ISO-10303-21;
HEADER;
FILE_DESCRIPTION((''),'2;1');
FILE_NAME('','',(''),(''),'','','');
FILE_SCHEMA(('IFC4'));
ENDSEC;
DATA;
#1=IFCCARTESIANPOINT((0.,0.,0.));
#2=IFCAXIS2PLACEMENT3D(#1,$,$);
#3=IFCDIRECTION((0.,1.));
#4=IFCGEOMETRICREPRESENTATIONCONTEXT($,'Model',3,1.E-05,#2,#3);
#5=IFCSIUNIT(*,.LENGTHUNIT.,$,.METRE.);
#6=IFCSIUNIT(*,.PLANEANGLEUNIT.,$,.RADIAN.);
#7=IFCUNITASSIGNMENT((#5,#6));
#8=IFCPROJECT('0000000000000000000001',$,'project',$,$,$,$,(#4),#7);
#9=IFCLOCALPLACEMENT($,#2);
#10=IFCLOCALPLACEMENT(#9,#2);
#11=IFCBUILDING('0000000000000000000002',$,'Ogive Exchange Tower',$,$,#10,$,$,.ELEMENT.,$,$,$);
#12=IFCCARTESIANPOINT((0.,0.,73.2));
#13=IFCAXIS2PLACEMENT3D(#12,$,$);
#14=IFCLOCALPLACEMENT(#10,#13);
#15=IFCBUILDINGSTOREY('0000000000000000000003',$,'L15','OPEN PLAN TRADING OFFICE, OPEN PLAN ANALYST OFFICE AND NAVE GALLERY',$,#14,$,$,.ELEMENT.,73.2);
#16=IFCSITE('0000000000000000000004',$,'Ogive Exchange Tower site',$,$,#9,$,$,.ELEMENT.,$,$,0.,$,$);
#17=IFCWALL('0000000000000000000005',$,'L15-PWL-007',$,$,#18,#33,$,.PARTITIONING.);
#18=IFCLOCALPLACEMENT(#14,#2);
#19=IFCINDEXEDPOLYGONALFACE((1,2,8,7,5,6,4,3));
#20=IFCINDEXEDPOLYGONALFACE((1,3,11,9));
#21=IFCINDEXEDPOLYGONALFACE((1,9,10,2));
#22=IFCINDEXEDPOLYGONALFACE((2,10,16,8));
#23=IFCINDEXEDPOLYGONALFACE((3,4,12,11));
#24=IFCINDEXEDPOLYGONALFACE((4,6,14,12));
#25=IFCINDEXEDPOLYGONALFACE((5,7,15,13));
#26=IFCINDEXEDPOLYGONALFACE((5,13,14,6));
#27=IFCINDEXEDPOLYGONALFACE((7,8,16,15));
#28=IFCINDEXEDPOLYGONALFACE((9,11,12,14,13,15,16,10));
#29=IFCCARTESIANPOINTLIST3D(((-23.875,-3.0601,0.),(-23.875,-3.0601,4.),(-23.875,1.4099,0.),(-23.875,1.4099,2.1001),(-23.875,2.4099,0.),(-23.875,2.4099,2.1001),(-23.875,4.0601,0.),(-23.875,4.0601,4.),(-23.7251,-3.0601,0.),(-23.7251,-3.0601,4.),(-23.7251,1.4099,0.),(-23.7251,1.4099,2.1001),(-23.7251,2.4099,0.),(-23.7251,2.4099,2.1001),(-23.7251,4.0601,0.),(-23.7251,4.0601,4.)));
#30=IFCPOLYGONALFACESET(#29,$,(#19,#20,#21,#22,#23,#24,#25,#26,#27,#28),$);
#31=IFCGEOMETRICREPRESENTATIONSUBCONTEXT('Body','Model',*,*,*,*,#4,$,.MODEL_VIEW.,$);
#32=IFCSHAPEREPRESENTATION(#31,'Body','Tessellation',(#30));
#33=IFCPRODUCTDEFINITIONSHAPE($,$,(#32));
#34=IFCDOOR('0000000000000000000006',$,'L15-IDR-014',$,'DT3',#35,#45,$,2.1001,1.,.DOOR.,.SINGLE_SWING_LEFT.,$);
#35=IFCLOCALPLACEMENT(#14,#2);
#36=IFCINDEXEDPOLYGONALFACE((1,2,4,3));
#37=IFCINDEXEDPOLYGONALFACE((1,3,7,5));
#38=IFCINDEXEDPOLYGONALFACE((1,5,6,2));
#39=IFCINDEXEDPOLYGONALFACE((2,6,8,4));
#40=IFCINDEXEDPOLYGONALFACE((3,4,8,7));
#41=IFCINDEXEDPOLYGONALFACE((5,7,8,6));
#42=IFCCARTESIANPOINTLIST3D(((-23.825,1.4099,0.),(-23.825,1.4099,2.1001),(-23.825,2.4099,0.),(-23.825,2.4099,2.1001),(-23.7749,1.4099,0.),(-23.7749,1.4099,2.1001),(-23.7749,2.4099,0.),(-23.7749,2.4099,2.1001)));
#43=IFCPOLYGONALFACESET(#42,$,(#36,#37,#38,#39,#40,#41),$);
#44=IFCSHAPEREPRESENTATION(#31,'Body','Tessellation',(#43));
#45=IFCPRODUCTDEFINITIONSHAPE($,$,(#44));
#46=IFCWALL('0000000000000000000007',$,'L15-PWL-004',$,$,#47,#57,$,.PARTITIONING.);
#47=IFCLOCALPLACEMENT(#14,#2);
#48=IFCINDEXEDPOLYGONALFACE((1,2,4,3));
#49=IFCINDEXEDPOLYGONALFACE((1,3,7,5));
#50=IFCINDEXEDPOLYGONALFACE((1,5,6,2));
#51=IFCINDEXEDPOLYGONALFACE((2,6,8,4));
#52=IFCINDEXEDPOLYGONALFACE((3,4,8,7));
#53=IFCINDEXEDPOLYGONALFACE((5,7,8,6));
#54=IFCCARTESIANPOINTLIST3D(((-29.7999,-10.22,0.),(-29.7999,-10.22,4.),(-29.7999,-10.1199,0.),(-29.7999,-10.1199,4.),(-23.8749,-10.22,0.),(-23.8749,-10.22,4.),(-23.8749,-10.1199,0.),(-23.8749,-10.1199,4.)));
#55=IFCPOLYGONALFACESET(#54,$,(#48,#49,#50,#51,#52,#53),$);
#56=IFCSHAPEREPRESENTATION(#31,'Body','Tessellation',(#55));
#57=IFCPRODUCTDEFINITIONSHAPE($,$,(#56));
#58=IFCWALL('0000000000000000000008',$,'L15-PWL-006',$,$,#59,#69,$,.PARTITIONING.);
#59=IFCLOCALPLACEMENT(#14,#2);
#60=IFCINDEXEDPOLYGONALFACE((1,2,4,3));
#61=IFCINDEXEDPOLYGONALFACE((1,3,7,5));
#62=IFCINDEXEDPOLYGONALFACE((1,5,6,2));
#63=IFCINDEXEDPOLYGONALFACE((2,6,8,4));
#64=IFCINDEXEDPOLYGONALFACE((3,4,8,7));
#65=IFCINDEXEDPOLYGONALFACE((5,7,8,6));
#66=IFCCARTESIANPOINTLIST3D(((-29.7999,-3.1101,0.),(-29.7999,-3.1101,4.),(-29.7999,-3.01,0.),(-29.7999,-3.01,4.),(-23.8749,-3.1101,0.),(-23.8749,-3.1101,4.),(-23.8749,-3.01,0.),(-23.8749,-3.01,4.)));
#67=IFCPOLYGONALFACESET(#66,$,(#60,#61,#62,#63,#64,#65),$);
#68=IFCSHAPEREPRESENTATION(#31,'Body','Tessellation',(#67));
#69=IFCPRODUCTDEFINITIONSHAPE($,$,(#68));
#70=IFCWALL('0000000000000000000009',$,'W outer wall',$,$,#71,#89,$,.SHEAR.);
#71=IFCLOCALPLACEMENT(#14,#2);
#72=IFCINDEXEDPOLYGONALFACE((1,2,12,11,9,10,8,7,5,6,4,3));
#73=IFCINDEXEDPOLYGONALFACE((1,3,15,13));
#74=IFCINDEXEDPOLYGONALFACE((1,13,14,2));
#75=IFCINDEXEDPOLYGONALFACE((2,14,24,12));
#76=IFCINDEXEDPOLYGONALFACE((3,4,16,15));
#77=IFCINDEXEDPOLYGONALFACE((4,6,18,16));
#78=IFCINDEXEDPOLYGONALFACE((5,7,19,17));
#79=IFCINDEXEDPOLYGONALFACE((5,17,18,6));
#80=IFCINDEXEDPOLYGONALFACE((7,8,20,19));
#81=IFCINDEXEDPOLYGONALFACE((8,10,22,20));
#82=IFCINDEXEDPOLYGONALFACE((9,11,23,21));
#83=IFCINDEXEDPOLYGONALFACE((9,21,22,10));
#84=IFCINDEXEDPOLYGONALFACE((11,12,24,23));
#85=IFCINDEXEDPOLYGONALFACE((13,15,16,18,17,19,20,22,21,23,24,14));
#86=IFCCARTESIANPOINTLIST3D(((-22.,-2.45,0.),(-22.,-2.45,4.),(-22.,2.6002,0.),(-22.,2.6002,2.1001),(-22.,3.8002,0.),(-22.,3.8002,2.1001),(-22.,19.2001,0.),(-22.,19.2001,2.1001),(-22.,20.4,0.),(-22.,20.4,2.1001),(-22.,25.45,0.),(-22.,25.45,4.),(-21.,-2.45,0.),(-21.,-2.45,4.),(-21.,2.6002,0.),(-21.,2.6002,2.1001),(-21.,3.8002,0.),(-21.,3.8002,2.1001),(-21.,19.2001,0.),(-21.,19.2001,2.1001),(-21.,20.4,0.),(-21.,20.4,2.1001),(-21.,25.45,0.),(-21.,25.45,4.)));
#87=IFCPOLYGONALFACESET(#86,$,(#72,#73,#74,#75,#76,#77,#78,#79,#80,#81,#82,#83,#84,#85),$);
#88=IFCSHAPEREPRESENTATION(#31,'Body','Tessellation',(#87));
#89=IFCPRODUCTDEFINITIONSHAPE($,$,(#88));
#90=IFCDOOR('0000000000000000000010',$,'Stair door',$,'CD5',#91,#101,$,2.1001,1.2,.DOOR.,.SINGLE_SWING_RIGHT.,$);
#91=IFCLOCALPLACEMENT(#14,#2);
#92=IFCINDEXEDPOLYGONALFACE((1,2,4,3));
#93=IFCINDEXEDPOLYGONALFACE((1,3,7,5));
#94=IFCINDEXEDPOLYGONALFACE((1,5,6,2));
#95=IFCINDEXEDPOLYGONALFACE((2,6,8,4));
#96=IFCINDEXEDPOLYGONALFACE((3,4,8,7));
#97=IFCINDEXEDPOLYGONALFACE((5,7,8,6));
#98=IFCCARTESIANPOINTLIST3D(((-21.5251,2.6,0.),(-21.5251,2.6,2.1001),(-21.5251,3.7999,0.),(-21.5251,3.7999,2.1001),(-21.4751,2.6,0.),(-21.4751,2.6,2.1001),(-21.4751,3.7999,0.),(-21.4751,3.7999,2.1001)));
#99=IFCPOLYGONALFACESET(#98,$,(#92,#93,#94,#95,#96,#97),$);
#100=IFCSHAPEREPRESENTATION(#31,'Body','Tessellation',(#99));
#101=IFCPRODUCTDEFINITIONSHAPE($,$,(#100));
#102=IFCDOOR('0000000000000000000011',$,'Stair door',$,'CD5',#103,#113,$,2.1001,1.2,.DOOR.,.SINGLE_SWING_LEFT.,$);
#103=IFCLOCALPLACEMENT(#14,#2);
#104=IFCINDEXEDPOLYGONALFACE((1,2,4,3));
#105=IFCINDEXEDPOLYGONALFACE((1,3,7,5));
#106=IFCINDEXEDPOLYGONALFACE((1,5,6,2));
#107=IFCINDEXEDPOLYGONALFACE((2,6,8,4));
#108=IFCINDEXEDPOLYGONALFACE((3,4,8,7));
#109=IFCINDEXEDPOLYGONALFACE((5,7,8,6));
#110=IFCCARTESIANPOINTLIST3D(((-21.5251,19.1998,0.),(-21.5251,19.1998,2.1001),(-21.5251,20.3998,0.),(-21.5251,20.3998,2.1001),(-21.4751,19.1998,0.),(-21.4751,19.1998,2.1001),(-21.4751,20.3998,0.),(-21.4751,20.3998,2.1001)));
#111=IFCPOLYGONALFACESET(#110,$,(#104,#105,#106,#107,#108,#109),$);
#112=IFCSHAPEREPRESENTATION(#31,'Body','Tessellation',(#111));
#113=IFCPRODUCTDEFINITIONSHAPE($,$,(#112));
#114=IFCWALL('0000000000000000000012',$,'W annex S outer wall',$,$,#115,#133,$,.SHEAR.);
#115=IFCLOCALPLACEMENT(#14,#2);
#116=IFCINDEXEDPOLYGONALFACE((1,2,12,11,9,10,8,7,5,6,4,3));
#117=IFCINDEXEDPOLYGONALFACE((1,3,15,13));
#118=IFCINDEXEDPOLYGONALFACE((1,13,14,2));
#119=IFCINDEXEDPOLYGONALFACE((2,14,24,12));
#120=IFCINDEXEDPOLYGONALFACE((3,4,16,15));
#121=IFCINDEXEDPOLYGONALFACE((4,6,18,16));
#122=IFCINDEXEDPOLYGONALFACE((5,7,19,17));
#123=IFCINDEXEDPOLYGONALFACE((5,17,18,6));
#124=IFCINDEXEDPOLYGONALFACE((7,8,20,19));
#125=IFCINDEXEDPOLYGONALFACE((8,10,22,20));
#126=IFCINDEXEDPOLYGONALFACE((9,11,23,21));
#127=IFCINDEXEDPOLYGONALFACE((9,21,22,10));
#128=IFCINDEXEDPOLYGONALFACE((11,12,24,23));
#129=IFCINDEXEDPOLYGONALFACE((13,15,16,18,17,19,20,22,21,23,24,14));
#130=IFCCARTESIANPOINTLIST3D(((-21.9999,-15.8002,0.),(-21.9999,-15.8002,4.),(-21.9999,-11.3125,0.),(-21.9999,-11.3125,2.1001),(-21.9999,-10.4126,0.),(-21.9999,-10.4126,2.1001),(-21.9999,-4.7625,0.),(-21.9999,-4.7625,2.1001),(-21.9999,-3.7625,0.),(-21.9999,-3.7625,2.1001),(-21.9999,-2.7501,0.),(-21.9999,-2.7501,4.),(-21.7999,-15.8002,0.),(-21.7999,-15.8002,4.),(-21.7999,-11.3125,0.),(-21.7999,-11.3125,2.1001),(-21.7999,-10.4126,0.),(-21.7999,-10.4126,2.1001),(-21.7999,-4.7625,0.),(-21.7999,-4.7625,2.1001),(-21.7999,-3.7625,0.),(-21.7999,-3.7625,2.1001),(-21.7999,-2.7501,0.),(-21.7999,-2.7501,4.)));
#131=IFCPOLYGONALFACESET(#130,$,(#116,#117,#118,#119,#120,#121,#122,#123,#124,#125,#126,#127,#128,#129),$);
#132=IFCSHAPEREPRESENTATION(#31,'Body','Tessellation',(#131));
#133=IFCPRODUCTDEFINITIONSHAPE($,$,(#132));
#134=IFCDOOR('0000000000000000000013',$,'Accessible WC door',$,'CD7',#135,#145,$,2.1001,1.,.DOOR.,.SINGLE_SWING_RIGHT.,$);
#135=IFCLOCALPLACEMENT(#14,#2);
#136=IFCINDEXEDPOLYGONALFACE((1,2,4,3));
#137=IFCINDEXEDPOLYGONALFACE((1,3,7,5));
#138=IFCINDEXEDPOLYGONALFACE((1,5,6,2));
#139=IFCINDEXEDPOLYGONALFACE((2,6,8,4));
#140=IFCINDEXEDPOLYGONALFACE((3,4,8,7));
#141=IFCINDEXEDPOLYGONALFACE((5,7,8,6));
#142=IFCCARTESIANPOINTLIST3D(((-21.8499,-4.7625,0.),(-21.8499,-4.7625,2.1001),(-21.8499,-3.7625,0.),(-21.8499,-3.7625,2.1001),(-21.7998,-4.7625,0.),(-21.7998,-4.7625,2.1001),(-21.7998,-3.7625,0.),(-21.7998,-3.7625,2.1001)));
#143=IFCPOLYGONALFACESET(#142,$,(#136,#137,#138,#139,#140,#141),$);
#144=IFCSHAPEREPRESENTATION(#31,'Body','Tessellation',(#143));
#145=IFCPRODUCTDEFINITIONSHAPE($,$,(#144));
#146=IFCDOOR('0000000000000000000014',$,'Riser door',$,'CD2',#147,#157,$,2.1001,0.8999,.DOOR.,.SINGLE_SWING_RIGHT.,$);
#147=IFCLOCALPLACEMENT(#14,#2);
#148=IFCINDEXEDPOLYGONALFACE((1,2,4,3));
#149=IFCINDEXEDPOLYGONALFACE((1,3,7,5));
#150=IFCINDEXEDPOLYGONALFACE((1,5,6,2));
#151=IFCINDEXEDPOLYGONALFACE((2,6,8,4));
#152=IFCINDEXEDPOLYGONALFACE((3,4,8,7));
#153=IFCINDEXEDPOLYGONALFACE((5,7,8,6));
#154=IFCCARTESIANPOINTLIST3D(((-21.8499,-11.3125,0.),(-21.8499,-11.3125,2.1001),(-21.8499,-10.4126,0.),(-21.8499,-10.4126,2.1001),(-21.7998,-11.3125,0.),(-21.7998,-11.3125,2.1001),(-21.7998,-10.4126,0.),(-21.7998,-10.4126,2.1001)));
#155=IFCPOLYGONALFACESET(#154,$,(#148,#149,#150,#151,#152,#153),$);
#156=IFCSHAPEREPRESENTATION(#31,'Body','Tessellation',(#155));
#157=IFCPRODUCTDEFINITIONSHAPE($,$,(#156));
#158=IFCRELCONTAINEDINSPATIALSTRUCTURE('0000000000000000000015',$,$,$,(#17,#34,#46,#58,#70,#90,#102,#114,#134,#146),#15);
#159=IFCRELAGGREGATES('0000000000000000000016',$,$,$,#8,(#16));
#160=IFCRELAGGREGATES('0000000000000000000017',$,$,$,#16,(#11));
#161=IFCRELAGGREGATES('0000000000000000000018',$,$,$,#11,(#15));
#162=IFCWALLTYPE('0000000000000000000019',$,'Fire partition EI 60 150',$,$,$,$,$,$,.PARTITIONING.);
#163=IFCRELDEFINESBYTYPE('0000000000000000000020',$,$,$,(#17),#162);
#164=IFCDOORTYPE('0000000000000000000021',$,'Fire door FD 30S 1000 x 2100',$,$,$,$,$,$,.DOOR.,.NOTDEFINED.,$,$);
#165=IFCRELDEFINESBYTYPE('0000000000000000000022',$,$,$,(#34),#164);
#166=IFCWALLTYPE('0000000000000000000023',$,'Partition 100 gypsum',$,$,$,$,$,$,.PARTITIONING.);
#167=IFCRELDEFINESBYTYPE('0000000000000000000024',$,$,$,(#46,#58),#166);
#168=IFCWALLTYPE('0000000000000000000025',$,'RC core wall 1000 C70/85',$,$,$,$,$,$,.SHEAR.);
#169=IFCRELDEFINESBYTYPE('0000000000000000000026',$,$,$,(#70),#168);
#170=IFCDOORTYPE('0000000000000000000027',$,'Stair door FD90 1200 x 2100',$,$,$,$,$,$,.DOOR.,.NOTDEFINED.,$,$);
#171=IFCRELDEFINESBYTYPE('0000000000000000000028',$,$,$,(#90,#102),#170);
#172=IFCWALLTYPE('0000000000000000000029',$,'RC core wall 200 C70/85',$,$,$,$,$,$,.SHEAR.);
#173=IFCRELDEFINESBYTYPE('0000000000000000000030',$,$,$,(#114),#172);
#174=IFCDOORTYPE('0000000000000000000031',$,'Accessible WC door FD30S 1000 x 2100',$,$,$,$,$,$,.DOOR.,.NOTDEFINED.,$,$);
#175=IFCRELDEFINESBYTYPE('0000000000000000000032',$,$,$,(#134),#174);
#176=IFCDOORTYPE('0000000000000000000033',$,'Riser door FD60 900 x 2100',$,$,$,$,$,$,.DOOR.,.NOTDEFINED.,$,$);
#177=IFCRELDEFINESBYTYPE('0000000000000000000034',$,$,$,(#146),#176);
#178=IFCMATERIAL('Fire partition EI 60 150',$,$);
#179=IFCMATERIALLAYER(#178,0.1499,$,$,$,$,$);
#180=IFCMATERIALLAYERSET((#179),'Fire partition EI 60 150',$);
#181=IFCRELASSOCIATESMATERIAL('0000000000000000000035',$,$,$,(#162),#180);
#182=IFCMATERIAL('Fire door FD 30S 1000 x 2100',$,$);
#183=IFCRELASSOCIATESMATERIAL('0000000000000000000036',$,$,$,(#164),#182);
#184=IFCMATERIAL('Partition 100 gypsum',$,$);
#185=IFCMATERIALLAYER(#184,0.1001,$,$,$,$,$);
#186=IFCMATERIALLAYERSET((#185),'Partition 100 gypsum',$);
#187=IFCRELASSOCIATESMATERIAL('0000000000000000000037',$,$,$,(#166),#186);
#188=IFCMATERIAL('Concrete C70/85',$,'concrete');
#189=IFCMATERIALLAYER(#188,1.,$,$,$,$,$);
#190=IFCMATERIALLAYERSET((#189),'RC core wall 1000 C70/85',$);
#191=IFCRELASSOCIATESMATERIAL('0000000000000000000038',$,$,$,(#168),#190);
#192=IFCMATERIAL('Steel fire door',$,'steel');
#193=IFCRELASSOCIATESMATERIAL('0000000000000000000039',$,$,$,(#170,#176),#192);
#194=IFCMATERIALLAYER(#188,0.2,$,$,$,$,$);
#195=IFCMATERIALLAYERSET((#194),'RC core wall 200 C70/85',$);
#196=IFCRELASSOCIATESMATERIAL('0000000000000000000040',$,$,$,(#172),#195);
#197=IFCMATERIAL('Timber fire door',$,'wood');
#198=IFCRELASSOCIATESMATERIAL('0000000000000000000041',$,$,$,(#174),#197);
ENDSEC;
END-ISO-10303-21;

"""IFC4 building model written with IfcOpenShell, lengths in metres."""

from ifc_helpers import new_model, si_unit, direction, frame, frame_2d, origin, place, context, subcontext, project, spatial, rectangle, extrude, material, layer, layer_set, type_object, element, fill, save


model = new_model("IFC4")

# Units and contexts
model_context = context("Model", 3, precision=1e-05, world=origin(), true_north=direction((0.0, 1.0)))
body_context = subcontext(model_context, "Body", "Model", "MODEL_VIEW")
ifc_project = project(units=[si_unit("LENGTHUNIT", "METRE"), si_unit("PLANEANGLEUNIT", "RADIAN")], contexts=[model_context])

# Site, building, storey
site_placement = place(None, origin())
site = spatial("IfcSite", under=ifc_project, at=site_placement, Name="Ogive Exchange Tower site", CompositionType="ELEMENT", RefElevation=0.0)
building_placement = place(site_placement, origin())
building = spatial("IfcBuilding", under=site, at=building_placement, Name="Ogive Exchange Tower", CompositionType="ELEMENT")
storey_placement = place(building_placement, frame((0.0, 0.0, 73.2)))
storey = spatial("IfcBuildingStorey", under=building, at=storey_placement, Name="L15", Description="OPEN PLAN TRADING OFFICE, OPEN PLAN ANALYST OFFICE AND NAVE GALLERY", CompositionType="ELEMENT", Elevation=73.2)

# Wall, opening, door
ifc_material_1 = material(Name="Fire partition EI 60 150")
ifc_layer_1 = layer(ifc_material_1, 0.1499)
ifc_layer_set_1 = layer_set([ifc_layer_1], Name="Fire partition EI 60 150")
wall_type_1 = type_object("IfcWallType", Name="Fire partition EI 60 150", PredefinedType="PARTITIONING", material=ifc_layer_set_1)
ifc_material_2 = material(Name="Fire door FD 30S 1000 x 2100")
door_type_1 = type_object("IfcDoorType", Name="Fire door FD 30S 1000 x 2100", OperationType="NOTDEFINED", PredefinedType="DOOR", material=ifc_material_2)
wall_1_placement = place(storey_placement, frame((-23.8, -3.0601, 0.0), z_axis=(0.0, 0.0, 1.0), x_axis=(0.0, 1.0, 0.0)))
wall_1 = element("IfcWall", 1, at=wall_1_placement, inside=storey, type_object=wall_type_1, Name="L15-PWL-007", PredefinedType="PARTITIONING", context=body_context, shape_type="SweptSolid", body=[
    extrude(rectangle(XDim=7.1201, YDim=0.1499, at=frame_2d((3.5601, 0.0))), origin(), (0.0, 0.0, 1.0), 4.0),
])
opening_1_placement = place(wall_1_placement, frame((4.47, 0.0, 0.0)))
opening_1 = element("IfcOpeningElement", 2, at=opening_1_placement, cuts=wall_1, PredefinedType="OPENING", context=body_context, shape_type="SweptSolid", body=[
    extrude(rectangle(XDim=1.0, YDim=2.1001, at=frame_2d((0.5, 1.05))), frame((0.0, 0.085, 0.0), z_axis=(0.0, -1.0, 0.0), x_axis=(1.0, 0.0, 0.0)), (0.0, 0.0, 1.0), 0.1699),
])
door_1_placement = place(opening_1_placement, origin())
door_1 = element("IfcDoor", 3, at=door_1_placement, inside=storey, type_object=door_type_1, Name="L15-IDR-014", ObjectType="DT3", OperationType="SINGLE_SWING_LEFT", OverallHeight=2.1001, OverallWidth=1.0, PredefinedType="DOOR", context=body_context, shape_type="SweptSolid", body=[
    extrude(rectangle(XDim=1.0, YDim=2.1001, at=frame_2d((0.5, 1.05))), frame((0.0, 0.0249, 0.0), z_axis=(0.0, -1.0, 0.0), x_axis=(1.0, 0.0, 0.0)), (0.0, 0.0, 1.0), 0.05),
])
fill(opening_1, door_1)

# Walls
ifc_material_3 = material(Name="Partition 100 gypsum")
ifc_layer_2 = layer(ifc_material_3, 0.1001)
ifc_layer_set_2 = layer_set([ifc_layer_2], Name="Partition 100 gypsum")
wall_type_2 = type_object("IfcWallType", Name="Partition 100 gypsum", PredefinedType="PARTITIONING", material=ifc_layer_set_2)
for number, where, z_axis, x_axis, name in (
    (4, (-23.875, -10.1699, 0.0), (0.0, 0.0, 1.0), (-1.0, 0.0, 0.0), "L15-PWL-004"),
    (5, (-23.875, -3.0601, 0.0), (0.0, 0.0, 1.0), (-1.0, 0.0, 0.0), "L15-PWL-006"),
):
    element("IfcWall", number, at=place(storey_placement, frame(where, z_axis=z_axis, x_axis=x_axis)), inside=storey, type_object=wall_type_2, Name=name, PredefinedType="PARTITIONING", context=body_context, shape_type="SweptSolid", body=[
        extrude(rectangle(XDim=5.925, YDim=0.1001, at=frame_2d((2.9624, 0.0))), origin(), (0.0, 0.0, 1.0), 4.0),
    ])

# Walls, openings, doors
ifc_material_4 = material(Name="Concrete C70/85", Category="concrete")
ifc_layer_3 = layer(ifc_material_4, 1.0)
ifc_layer_set_3 = layer_set([ifc_layer_3], Name="RC core wall 1000 C70/85")
wall_type_3 = type_object("IfcWallType", Name="RC core wall 1000 C70/85", PredefinedType="SHEAR", material=ifc_layer_set_3)
wall_2_placement = place(storey_placement, frame((-21.5, -2.45, 0.0), z_axis=(0.0, 0.0, 1.0), x_axis=(0.0, 1.0, 0.0)))
wall_2 = element("IfcWall", 6, at=wall_2_placement, inside=storey, type_object=wall_type_3, Name="W outer wall", PredefinedType="SHEAR", context=body_context, shape_type="SweptSolid", body=[
    extrude(rectangle(XDim=27.8999, YDim=1.0, at=frame_2d((13.95, 0.0))), origin(), (0.0, 0.0, 1.0), 4.0),
])
opening_2_placement = place(wall_2_placement, frame((5.05, 0.0, 0.0)))
opening_2 = element("IfcOpeningElement", 7, at=opening_2_placement, cuts=wall_2, PredefinedType="OPENING", context=body_context, shape_type="SweptSolid", body=[
    extrude(rectangle(XDim=1.2, YDim=2.1001, at=frame_2d((0.6001, 1.05))), frame((0.0, 0.51, 0.0), z_axis=(0.0, -1.0, 0.0), x_axis=(1.0, 0.0, 0.0)), (0.0, 0.0, 1.0), 1.02),
])
opening_3_placement = place(wall_2_placement, frame((21.6499, 0.0, 0.0)))
opening_3 = element("IfcOpeningElement", 8, at=opening_3_placement, cuts=wall_2, PredefinedType="OPENING", context=body_context, shape_type="SweptSolid", body=[
    extrude(rectangle(XDim=1.2, YDim=2.1001, at=frame_2d((0.6001, 1.05))), frame((0.0, 0.51, 0.0), z_axis=(0.0, -1.0, 0.0), x_axis=(1.0, 0.0, 0.0)), (0.0, 0.0, 1.0), 1.02),
])
ifc_material_5 = material(Name="Steel fire door", Category="steel")
door_type_2 = type_object("IfcDoorType", Name="Stair door FD90 1200 x 2100", OperationType="NOTDEFINED", PredefinedType="DOOR", material=ifc_material_5)
door_2_placement = place(opening_2_placement, frame((1.2, 0.0, 0.0), z_axis=(0.0, 0.0, 1.0), x_axis=(-1.0, 0.0, 0.0)))
door_2 = element("IfcDoor", 9, at=door_2_placement, inside=storey, type_object=door_type_2, Name="Stair door", ObjectType="CD5", OperationType="SINGLE_SWING_RIGHT", OverallHeight=2.1001, OverallWidth=1.2, PredefinedType="DOOR", context=body_context, shape_type="SweptSolid", body=[
    extrude(rectangle(XDim=1.2, YDim=2.1001, at=frame_2d((0.6001, 1.05))), frame((0.0, 0.0249, 0.0), z_axis=(0.0, -1.0, 0.0), x_axis=(1.0, 0.0, 0.0)), (0.0, 0.0, 1.0), 0.05),
])
fill(opening_2, door_2)
door_3_placement = place(opening_3_placement, frame((1.2, 0.0, 0.0), z_axis=(0.0, 0.0, 1.0), x_axis=(-1.0, 0.0, 0.0)))
door_3 = element("IfcDoor", 10, at=door_3_placement, inside=storey, type_object=door_type_2, Name="Stair door", ObjectType="CD5", OperationType="SINGLE_SWING_LEFT", OverallHeight=2.1001, OverallWidth=1.2, PredefinedType="DOOR", context=body_context, shape_type="SweptSolid", body=[
    extrude(rectangle(XDim=1.2, YDim=2.1001, at=frame_2d((0.6001, 1.05))), frame((0.0, 0.0249, 0.0), z_axis=(0.0, -1.0, 0.0), x_axis=(1.0, 0.0, 0.0)), (0.0, 0.0, 1.0), 0.05),
])
fill(opening_3, door_3)
ifc_layer_4 = layer(ifc_material_4, 0.2)
ifc_layer_set_4 = layer_set([ifc_layer_4], Name="RC core wall 200 C70/85")
wall_type_4 = type_object("IfcWallType", Name="RC core wall 200 C70/85", PredefinedType="SHEAR", material=ifc_layer_set_4)
wall_3_placement = place(storey_placement, frame((-21.8999, -15.8, 0.0), z_axis=(0.0, 0.0, 1.0), x_axis=(0.0, 1.0, 0.0)))
wall_3 = element("IfcWall", 11, at=wall_3_placement, inside=storey, type_object=wall_type_4, Name="W annex S outer wall", PredefinedType="SHEAR", context=body_context, shape_type="SweptSolid", body=[
    extrude(rectangle(XDim=13.05, YDim=0.2, at=frame_2d((6.5249, 0.0))), origin(), (0.0, 0.0, 1.0), 4.0),
])
opening_4_placement = place(wall_3_placement, frame((4.4875, 0.0, 0.0)))
opening_4 = element("IfcOpeningElement", 12, at=opening_4_placement, cuts=wall_3, PredefinedType="OPENING", context=body_context, shape_type="SweptSolid", body=[
    extrude(rectangle(XDim=0.8999, YDim=2.1001, at=frame_2d((0.45, 1.05))), frame((0.0, 0.1099, 0.0), z_axis=(0.0, -1.0, 0.0), x_axis=(1.0, 0.0, 0.0)), (0.0, 0.0, 1.0), 0.22),
])
opening_5_placement = place(wall_3_placement, frame((11.0376, 0.0, 0.0)))
opening_5 = element("IfcOpeningElement", 13, at=opening_5_placement, cuts=wall_3, PredefinedType="OPENING", context=body_context, shape_type="SweptSolid", body=[
    extrude(rectangle(XDim=1.0, YDim=2.1001, at=frame_2d((0.5, 1.05))), frame((0.0, 0.1099, 0.0), z_axis=(0.0, -1.0, 0.0), x_axis=(1.0, 0.0, 0.0)), (0.0, 0.0, 1.0), 0.22),
])
ifc_material_6 = material(Name="Timber fire door", Category="wood")
door_type_3 = type_object("IfcDoorType", Name="Accessible WC door FD30S 1000 x 2100", OperationType="NOTDEFINED", PredefinedType="DOOR", material=ifc_material_6)
door_4_placement = place(opening_5_placement, frame((1.0, -0.1499, 0.0), z_axis=(0.0, 0.0, 1.0), x_axis=(-1.0, 0.0, 0.0)))
door_4 = element("IfcDoor", 14, at=door_4_placement, inside=storey, type_object=door_type_3, Name="Accessible WC door", ObjectType="CD7", OperationType="SINGLE_SWING_RIGHT", OverallHeight=2.1001, OverallWidth=1.0, PredefinedType="DOOR", context=body_context, shape_type="SweptSolid", body=[
    extrude(rectangle(XDim=1.0, YDim=2.1001, at=frame_2d((0.5, 1.05))), frame((0.0, -0.0498, 0.0), z_axis=(0.0, -1.0, 0.0), x_axis=(1.0, 0.0, 0.0)), (0.0, 0.0, 1.0), 0.05),
])
fill(opening_5, door_4)
door_type_4 = type_object("IfcDoorType", Name="Riser door FD60 900 x 2100", OperationType="NOTDEFINED", PredefinedType="DOOR", material=ifc_material_5)
door_5_placement = place(opening_4_placement, frame((0.8999, -0.1499, 0.0), z_axis=(0.0, 0.0, 1.0), x_axis=(-1.0, 0.0, 0.0)))
door_5 = element("IfcDoor", 15, at=door_5_placement, inside=storey, type_object=door_type_4, Name="Riser door", ObjectType="CD2", OperationType="SINGLE_SWING_RIGHT", OverallHeight=2.1001, OverallWidth=0.8999, PredefinedType="DOOR", context=body_context, shape_type="SweptSolid", body=[
    extrude(rectangle(XDim=0.8999, YDim=2.1001, at=frame_2d((0.45, 1.05))), frame((0.0, -0.0498, 0.0), z_axis=(0.0, -1.0, 0.0), x_axis=(1.0, 0.0, 0.0)), (0.0, 0.0, 1.0), 0.05),
])
fill(opening_4, door_5)

save(model, "model.ifc")
